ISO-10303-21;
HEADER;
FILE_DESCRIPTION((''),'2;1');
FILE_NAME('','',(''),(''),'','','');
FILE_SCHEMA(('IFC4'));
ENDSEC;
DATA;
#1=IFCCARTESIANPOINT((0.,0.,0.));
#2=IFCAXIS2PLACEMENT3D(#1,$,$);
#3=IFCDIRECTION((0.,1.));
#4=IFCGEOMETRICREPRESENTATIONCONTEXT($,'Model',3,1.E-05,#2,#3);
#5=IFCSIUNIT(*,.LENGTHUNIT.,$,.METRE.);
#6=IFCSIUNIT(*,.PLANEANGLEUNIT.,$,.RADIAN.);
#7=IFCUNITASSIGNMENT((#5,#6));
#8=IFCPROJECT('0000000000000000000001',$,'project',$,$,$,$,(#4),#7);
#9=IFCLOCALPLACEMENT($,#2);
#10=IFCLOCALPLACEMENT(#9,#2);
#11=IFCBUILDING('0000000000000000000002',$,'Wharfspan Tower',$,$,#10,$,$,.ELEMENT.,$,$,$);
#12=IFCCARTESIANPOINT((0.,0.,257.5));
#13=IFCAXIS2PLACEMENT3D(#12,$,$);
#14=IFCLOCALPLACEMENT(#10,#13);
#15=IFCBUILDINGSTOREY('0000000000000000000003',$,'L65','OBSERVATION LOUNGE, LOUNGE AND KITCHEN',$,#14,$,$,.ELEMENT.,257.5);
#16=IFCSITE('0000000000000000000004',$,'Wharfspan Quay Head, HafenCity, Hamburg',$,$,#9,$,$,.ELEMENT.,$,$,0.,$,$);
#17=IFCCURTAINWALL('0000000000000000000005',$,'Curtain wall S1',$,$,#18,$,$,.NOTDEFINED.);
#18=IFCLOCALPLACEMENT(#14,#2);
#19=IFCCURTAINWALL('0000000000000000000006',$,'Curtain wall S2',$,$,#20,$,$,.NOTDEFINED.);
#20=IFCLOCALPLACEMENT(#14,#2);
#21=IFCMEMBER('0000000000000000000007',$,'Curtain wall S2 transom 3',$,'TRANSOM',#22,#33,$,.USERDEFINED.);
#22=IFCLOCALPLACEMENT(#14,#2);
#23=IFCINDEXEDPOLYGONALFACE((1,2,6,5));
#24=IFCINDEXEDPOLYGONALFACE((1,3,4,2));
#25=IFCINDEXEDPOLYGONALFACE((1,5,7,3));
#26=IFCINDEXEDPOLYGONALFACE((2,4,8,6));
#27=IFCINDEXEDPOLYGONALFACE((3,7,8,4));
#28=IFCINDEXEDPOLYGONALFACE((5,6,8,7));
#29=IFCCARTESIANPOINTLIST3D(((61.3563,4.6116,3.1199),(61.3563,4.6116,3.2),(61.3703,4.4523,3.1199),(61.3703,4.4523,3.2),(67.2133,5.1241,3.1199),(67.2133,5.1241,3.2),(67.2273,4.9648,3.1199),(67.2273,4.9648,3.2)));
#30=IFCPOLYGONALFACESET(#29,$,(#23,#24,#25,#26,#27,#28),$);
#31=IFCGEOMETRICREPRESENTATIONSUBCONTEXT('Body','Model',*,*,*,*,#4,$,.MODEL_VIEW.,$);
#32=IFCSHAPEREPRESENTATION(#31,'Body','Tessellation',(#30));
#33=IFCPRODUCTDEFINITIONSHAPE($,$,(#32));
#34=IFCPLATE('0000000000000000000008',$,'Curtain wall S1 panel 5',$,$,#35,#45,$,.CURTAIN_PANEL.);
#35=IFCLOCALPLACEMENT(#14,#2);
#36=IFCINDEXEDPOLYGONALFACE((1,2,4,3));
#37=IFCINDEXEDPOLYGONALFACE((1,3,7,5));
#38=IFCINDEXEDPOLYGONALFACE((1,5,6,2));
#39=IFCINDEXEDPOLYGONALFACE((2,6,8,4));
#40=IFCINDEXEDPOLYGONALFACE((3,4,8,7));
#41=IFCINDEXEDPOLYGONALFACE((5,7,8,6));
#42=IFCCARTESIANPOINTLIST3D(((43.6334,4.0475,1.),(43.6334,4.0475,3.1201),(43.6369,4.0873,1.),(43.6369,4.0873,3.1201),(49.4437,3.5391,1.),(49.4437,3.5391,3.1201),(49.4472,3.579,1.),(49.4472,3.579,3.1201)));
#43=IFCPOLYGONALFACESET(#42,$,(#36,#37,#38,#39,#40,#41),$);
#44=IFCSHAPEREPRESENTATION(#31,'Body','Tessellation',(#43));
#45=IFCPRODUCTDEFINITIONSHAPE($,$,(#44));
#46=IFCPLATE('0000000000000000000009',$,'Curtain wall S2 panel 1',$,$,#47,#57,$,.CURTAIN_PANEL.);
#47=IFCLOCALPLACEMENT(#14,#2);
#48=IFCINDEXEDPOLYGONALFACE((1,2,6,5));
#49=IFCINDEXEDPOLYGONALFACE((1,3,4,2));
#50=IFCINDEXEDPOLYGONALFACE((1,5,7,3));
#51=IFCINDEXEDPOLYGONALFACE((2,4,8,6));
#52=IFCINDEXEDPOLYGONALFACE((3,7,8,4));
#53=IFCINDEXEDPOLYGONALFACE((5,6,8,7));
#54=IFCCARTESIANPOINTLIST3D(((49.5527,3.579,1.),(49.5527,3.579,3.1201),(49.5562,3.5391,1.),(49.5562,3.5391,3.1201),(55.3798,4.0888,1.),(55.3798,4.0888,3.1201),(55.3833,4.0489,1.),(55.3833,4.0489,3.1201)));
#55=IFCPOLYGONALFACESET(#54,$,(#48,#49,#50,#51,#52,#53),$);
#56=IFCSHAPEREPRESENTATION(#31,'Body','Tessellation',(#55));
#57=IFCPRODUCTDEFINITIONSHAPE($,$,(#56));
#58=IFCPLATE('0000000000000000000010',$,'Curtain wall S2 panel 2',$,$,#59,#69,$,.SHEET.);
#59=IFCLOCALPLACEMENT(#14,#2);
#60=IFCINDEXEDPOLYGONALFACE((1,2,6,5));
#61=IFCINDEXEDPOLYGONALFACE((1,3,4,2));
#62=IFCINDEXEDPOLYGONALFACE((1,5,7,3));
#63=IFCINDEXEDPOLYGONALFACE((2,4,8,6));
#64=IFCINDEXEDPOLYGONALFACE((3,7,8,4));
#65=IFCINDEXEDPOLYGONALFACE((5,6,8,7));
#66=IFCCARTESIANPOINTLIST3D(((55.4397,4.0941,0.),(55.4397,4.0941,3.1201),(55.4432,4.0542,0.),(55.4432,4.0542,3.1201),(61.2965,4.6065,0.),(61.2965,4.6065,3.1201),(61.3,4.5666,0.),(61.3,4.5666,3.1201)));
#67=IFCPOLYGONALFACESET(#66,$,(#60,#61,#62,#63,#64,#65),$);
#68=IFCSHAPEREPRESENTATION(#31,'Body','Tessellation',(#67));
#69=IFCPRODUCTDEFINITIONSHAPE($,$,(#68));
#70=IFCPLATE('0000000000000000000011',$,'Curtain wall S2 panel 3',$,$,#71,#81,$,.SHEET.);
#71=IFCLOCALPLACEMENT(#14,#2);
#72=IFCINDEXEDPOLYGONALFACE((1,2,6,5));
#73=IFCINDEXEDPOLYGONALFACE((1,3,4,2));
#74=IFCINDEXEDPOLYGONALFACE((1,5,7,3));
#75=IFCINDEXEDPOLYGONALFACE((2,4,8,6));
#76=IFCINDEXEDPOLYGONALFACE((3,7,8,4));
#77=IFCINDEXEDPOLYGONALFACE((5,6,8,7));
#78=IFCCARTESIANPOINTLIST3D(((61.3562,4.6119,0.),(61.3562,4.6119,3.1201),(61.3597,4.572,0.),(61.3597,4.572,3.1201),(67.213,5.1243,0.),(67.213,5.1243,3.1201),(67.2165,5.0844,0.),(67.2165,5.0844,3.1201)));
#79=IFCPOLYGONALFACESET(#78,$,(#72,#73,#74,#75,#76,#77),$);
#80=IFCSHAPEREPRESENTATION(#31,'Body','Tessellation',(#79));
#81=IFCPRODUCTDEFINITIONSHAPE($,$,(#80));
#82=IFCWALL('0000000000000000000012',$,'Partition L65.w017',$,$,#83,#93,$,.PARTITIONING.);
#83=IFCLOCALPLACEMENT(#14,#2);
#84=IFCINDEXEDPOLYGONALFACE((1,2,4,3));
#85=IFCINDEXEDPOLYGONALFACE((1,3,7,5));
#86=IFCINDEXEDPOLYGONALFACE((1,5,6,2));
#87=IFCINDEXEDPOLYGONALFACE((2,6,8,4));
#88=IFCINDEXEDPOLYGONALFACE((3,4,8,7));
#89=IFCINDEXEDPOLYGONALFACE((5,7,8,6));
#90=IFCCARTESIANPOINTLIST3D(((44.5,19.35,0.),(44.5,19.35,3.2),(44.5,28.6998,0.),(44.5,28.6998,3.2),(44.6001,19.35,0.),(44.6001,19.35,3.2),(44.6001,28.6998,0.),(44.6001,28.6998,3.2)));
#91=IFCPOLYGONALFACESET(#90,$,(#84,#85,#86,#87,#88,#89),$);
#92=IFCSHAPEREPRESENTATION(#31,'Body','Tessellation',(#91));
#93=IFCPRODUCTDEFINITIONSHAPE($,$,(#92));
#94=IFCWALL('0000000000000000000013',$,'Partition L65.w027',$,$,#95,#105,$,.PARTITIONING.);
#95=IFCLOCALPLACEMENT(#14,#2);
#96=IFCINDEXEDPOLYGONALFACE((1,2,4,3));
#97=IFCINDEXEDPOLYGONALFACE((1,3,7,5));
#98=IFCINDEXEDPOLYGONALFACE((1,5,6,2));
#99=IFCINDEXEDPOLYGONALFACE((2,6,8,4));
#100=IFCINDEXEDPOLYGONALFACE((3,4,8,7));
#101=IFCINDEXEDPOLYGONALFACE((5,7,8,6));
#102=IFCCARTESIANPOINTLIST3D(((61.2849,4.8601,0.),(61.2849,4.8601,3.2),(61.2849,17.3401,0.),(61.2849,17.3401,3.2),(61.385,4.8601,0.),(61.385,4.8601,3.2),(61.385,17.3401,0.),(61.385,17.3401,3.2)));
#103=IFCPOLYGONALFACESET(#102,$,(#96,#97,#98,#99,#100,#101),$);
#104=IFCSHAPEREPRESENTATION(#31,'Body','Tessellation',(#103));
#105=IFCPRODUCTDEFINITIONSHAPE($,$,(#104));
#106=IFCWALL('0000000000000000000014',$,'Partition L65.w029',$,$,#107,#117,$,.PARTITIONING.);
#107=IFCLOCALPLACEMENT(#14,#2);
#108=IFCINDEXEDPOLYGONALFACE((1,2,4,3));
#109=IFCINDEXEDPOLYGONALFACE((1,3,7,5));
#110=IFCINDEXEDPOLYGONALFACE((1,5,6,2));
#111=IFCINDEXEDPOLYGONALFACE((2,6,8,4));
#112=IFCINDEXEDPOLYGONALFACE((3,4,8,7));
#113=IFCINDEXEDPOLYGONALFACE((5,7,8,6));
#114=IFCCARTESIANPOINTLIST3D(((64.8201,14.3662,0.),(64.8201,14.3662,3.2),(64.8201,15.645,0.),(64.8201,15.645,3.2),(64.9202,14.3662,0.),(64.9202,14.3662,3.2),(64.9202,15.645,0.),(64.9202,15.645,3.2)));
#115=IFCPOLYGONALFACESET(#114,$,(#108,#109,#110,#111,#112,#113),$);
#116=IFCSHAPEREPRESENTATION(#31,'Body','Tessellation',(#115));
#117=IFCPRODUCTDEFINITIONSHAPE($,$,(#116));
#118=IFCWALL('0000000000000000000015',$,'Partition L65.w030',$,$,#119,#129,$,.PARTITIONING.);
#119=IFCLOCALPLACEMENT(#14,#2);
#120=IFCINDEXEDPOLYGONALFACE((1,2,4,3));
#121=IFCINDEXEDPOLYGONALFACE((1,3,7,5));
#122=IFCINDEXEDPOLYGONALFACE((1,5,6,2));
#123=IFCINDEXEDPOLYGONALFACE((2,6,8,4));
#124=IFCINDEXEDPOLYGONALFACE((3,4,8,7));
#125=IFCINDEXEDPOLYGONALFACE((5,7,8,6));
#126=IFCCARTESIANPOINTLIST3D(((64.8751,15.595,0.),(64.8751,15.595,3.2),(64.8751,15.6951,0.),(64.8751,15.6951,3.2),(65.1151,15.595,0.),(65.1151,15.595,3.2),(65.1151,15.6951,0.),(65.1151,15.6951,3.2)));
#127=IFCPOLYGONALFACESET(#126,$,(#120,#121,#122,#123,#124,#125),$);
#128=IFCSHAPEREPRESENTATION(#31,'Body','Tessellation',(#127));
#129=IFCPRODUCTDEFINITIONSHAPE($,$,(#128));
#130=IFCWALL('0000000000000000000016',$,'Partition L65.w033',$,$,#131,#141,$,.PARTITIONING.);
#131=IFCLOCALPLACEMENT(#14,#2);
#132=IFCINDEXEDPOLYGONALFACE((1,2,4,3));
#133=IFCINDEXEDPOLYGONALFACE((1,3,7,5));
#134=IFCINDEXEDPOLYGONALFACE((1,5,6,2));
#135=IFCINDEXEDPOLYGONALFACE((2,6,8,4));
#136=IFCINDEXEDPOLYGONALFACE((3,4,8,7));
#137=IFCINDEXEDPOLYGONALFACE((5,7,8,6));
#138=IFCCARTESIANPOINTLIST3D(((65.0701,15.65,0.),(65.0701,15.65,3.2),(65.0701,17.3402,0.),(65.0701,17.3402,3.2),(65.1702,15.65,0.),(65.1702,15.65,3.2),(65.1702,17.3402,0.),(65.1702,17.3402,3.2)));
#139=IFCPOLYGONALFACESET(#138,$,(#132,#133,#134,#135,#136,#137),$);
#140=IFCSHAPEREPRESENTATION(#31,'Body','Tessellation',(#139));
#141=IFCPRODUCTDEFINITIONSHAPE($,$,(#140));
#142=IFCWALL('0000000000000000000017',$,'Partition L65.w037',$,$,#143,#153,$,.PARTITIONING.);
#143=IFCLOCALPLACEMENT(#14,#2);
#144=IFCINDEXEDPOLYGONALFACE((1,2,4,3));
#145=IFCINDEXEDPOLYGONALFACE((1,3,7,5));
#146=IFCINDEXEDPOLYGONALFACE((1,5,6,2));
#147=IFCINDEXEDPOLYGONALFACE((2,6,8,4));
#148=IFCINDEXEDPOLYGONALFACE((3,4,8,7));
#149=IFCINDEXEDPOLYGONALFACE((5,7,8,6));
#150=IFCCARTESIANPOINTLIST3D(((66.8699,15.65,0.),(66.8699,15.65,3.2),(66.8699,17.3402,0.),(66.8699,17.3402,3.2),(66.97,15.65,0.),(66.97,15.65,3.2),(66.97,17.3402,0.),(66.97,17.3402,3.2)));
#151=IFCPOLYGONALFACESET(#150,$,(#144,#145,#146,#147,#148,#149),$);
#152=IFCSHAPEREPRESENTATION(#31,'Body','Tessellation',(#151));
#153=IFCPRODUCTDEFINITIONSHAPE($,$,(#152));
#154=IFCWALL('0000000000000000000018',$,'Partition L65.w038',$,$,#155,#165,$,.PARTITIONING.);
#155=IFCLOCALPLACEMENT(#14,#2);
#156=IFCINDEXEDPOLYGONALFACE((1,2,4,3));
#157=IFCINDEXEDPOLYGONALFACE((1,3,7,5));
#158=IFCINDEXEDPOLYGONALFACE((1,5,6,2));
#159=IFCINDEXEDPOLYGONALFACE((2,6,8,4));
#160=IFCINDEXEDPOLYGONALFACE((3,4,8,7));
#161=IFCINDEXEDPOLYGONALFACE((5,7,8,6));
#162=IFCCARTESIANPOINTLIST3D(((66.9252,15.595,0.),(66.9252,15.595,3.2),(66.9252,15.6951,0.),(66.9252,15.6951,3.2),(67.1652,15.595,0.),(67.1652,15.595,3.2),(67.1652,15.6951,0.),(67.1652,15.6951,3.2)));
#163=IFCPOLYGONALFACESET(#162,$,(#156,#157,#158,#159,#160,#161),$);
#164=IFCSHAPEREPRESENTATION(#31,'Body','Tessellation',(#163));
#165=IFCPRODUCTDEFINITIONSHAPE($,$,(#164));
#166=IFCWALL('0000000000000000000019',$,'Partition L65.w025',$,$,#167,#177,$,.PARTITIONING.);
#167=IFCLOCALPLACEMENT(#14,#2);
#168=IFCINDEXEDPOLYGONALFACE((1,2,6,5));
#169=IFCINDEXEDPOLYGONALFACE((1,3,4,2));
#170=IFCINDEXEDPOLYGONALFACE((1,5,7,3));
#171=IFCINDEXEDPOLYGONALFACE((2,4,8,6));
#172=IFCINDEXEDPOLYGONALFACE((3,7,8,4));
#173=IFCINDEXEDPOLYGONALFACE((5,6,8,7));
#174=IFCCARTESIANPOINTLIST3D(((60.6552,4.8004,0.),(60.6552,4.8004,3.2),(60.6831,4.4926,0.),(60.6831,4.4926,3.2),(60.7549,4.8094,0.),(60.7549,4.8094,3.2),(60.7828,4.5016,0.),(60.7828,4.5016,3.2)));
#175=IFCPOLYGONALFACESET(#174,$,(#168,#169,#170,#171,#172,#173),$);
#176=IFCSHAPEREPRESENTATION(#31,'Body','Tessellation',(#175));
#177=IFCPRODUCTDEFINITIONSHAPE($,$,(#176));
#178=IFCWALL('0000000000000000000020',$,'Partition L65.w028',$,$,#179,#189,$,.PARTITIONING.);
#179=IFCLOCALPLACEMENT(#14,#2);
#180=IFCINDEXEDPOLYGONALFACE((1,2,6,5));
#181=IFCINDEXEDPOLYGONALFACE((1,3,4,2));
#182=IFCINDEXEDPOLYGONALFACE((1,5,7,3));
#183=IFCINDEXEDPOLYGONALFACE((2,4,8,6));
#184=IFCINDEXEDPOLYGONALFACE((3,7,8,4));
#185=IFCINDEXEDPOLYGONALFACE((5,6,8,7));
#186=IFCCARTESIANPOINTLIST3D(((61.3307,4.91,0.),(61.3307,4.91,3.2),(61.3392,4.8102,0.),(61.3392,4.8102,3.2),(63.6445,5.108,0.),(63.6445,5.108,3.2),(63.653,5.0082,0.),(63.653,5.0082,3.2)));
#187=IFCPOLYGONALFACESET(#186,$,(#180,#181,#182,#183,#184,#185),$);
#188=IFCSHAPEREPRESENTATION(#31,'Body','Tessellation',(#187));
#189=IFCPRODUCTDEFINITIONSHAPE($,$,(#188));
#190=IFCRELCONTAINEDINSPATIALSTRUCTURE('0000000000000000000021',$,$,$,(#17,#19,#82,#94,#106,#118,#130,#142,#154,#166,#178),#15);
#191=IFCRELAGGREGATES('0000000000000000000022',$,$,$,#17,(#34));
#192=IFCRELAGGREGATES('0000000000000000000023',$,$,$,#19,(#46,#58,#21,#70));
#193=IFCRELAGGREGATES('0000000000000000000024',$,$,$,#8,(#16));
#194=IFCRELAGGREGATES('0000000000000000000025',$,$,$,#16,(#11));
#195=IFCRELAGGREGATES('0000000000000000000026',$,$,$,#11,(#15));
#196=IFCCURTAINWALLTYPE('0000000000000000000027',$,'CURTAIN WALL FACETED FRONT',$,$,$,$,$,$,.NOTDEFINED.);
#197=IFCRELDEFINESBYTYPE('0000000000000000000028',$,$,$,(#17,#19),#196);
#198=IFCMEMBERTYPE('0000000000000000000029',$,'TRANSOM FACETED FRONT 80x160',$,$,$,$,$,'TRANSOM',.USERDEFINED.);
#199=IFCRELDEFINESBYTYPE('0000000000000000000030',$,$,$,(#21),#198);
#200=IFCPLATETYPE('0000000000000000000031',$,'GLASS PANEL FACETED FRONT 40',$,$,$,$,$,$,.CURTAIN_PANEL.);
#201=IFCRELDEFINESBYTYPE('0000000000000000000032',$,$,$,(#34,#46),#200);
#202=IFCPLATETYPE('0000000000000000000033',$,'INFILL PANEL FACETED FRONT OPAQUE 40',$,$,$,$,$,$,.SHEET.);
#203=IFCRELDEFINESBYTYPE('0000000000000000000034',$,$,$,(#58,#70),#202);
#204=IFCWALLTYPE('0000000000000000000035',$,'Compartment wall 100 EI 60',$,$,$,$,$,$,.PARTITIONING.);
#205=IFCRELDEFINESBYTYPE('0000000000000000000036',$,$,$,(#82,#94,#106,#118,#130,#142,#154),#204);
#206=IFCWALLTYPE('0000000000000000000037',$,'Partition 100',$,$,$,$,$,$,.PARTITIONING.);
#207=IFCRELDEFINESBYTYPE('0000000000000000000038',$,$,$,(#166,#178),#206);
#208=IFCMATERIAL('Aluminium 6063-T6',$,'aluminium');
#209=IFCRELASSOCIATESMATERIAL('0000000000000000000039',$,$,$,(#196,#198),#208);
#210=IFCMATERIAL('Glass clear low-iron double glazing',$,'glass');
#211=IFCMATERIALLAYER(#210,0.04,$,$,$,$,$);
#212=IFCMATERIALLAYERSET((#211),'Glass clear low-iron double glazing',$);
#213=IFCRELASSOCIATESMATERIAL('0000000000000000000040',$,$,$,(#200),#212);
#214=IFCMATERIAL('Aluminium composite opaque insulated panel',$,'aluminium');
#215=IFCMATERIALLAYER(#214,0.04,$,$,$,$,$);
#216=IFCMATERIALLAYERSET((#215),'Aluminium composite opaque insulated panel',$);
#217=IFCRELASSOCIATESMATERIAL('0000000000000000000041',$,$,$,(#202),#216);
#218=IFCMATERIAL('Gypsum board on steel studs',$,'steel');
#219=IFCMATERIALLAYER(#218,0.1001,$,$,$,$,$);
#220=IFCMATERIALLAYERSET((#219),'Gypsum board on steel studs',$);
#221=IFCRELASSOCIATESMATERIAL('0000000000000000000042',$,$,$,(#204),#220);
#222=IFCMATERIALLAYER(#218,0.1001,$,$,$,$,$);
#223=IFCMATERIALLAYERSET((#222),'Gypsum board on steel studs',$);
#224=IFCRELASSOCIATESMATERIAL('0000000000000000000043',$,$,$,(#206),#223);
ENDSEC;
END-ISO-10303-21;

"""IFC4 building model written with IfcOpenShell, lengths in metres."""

from ifc_helpers import new_model, si_unit, direction, frame, frame_2d, origin, origin_2d, place, context, subcontext, project, spatial, rectangle, extrude, material, layer, layer_set, material_profile, profile_set, type_object, element, aggregate, save


model = new_model("IFC4")

# Units and contexts
model_context = context("Model", 3, precision=1e-05, world=origin(), true_north=direction((0.0, 1.0)))
body_context = subcontext(model_context, "Body", "Model", "MODEL_VIEW")
ifc_project = project(units=[si_unit("LENGTHUNIT", "METRE"), si_unit("PLANEANGLEUNIT", "RADIAN")], contexts=[model_context])

# Site, building, storey
site_placement = place(None, origin())
site = spatial("IfcSite", under=ifc_project, at=site_placement, Name="Wharfspan Quay Head, HafenCity, Hamburg", CompositionType="ELEMENT", RefElevation=0.0)
building_placement = place(site_placement, origin())
building = spatial("IfcBuilding", under=site, at=building_placement, Name="Wharfspan Tower", CompositionType="ELEMENT")
storey_placement = place(building_placement, frame((0.0, 0.0, 257.5)))
storey = spatial("IfcBuildingStorey", under=building, at=storey_placement, Name="L65", Description="OBSERVATION LOUNGE, LOUNGE AND KITCHEN", CompositionType="ELEMENT", Elevation=257.5)

# Curtain wall
ifc_material_1 = material(Name="Aluminium 6063-T6", Category="aluminium")
curtain_wall_type = type_object("IfcCurtainWallType", Name="CURTAIN WALL FACETED FRONT", PredefinedType="NOTDEFINED", material=ifc_material_1)
curtain_wall_1_placement = place(storey_placement, origin())
curtain_wall_1 = element("IfcCurtainWall", 1, at=curtain_wall_1_placement, inside=storey, type_object=curtain_wall_type, Name="Curtain wall S1", PredefinedType="NOTDEFINED")

# Curtain wall
curtain_wall_2_placement = place(storey_placement, origin())
curtain_wall_2 = element("IfcCurtainWall", 2, at=curtain_wall_2_placement, inside=storey, type_object=curtain_wall_type, Name="Curtain wall S2", PredefinedType="NOTDEFINED")

# Member
ifc_material_profile_1 = material_profile(ifc_material_1, rectangle(XDim=0.1599, YDim=0.0801, at=origin_2d()))
ifc_profile_set_1 = profile_set([ifc_material_profile_1], Name="Aluminium 6063-T6")
member_type_1 = type_object("IfcMemberType", Name="TRANSOM FACETED FRONT 80x160", ElementType="TRANSOM", PredefinedType="USERDEFINED", material=ifc_profile_set_1)
member_1_placement = place(storey_placement, frame((61.3633, 4.532, 3.1599), z_axis=(0.996194, 0.087162, 0.0), x_axis=(-0.087162, 0.996194, 0.0)))
member_1 = element("IfcMember", 3, at=member_1_placement, type_object=member_type_1, Name="Curtain wall S2 transom 3", ObjectType="TRANSOM", PredefinedType="USERDEFINED", context=body_context, shape_type="SweptSolid", body=[
    extrude(rectangle(XDim=0.1599, YDim=0.0801, at=origin_2d()), origin(), (0.0, 0.0, 1.0), 5.8794),
])

# Plates
ifc_material_2 = material(Name="Glass clear low-iron double glazing", Category="glass")
ifc_layer_1 = layer(ifc_material_2, 0.04)
ifc_layer_set_1 = layer_set([ifc_layer_1], Name="Glass clear low-iron double glazing")
plate_type_1 = type_object("IfcPlateType", Name="GLASS PANEL FACETED FRONT 40", PredefinedType="CURTAIN_PANEL", material=ifc_layer_set_1)
plate_1_placement = place(storey_placement, frame((46.5403, 3.8132, 1.0), z_axis=(0.0, 0.0, 1.0), x_axis=(0.996197, -0.087156, 0.0)))
plate_1 = element("IfcPlate", 4, at=plate_1_placement, type_object=plate_type_1, Name="Curtain wall S1 panel 5", PredefinedType="CURTAIN_PANEL", context=body_context, shape_type="SweptSolid", body=[
    extrude(rectangle(XDim=5.8325, YDim=0.04, at=origin_2d()), origin(), (0.0, 0.0, 1.0), 2.1201),
])
aggregate(curtain_wall_1, [plate_1])
plate_2_placement = place(storey_placement, frame((52.468, 3.814, 1.0), z_axis=(0.0, 0.0, 1.0), x_axis=(0.996197, 0.087156, 0.0)))
plate_2 = element("IfcPlate", 5, at=plate_2_placement, type_object=plate_type_1, Name="Curtain wall S2 panel 1", PredefinedType="CURTAIN_PANEL", context=body_context, shape_type="SweptSolid", body=[
    extrude(rectangle(XDim=5.8494, YDim=0.04, at=origin_2d()), origin(), (0.0, 0.0, 1.0), 2.1201),
])
ifc_material_3 = material(Name="Aluminium composite opaque insulated panel", Category="aluminium")
ifc_layer_2 = layer(ifc_material_3, 0.04)
ifc_layer_set_2 = layer_set([ifc_layer_2], Name="Aluminium composite opaque insulated panel")
plate_type_2 = type_object("IfcPlateType", Name="INFILL PANEL FACETED FRONT OPAQUE 40", PredefinedType="SHEET", material=ifc_layer_set_2)
plate_3_placement = place(storey_placement, frame((58.3699, 4.3303, 0.0), z_axis=(0.0, 0.0, 1.0), x_axis=(0.996197, 0.087156, 0.0)))
plate_3 = element("IfcPlate", 6, at=plate_3_placement, type_object=plate_type_2, Name="Curtain wall S2 panel 2", PredefinedType="SHEET", context=body_context, shape_type="SweptSolid", body=[
    extrude(rectangle(XDim=5.8792, YDim=0.04, at=origin_2d()), origin(), (0.0, 0.0, 1.0), 3.1201),
])
plate_4_placement = place(storey_placement, frame((64.2864, 4.8481, 0.0), z_axis=(0.0, 0.0, 1.0), x_axis=(0.996197, 0.087156, 0.0)))
plate_4 = element("IfcPlate", 7, at=plate_4_placement, type_object=plate_type_2, Name="Curtain wall S2 panel 3", PredefinedType="SHEET", context=body_context, shape_type="SweptSolid", body=[
    extrude(rectangle(XDim=5.8792, YDim=0.04, at=origin_2d()), origin(), (0.0, 0.0, 1.0), 3.1201),
])
aggregate(curtain_wall_2, [plate_2, plate_3, member_1, plate_4])

# Walls
ifc_material_4 = material(Name="Gypsum board on steel studs", Category="steel")
ifc_layer_3 = layer(ifc_material_4, 0.1001)
ifc_layer_set_3 = layer_set([ifc_layer_3], Name="Gypsum board on steel studs")
wall_type_1 = type_object("IfcWallType", Name="Compartment wall 100 EI 60", PredefinedType="PARTITIONING", material=ifc_layer_set_3)
wall_1_placement = place(storey_placement, frame((44.55, 19.3501, 0.0), z_axis=(0.0, 0.0, 1.0), x_axis=(0.0, 1.0, 0.0)))
element("IfcWall", 8, at=wall_1_placement, inside=storey, type_object=wall_type_1, Name="Partition L65.w017", PredefinedType="PARTITIONING", context=body_context, shape_type="SweptSolid", body=[
    extrude(rectangle(XDim=9.3499, YDim=0.1001, at=frame_2d((4.6748, 0.0))), origin(), (0.0, 0.0, 1.0), 3.2),
])
wall_2_placement = place(storey_placement, frame((61.335, 4.8601, 0.0), z_axis=(0.0, 0.0, 1.0), x_axis=(0.0, 1.0, 0.0)))
element("IfcWall", 9, at=wall_2_placement, inside=storey, type_object=wall_type_1, Name="Partition L65.w027", PredefinedType="PARTITIONING", context=body_context, shape_type="SweptSolid", body=[
    extrude(rectangle(XDim=12.48, YDim=0.1001, at=frame_2d((6.24, 0.0))), origin(), (0.0, 0.0, 1.0), 3.2),
])
wall_3_placement = place(storey_placement, frame((64.8701, 14.3662, 0.0), z_axis=(0.0, 0.0, 1.0), x_axis=(0.0, 1.0, 0.0)))
element("IfcWall", 10, at=wall_3_placement, inside=storey, type_object=wall_type_1, Name="Partition L65.w029", PredefinedType="PARTITIONING", context=body_context, shape_type="SweptSolid", body=[
    extrude(rectangle(XDim=1.2788, YDim=0.1001, at=frame_2d((0.6394, 0.0))), origin(), (0.0, 0.0, 1.0), 3.2),
])
wall_4_placement = place(storey_placement, frame((64.875, 15.645, 0.0), z_axis=(0.0, 0.0, 1.0), x_axis=(1.0, 0.0, 0.0)))
element("IfcWall", 11, at=wall_4_placement, inside=storey, type_object=wall_type_1, Name="Partition L65.w030", PredefinedType="PARTITIONING", context=body_context, shape_type="SweptSolid", body=[
    extrude(rectangle(XDim=0.24, YDim=0.1001, at=frame_2d((0.1201, 0.0))), origin(), (0.0, 0.0, 1.0), 3.2),
])
for number, where, z_axis, x_axis, name in (
    (12, (65.1201, 15.6499, 0.0), (0.0, 0.0, 1.0), (0.0, 1.0, 0.0), "Partition L65.w033"),
    (13, (66.9199, 15.6499, 0.0), (0.0, 0.0, 1.0), (0.0, 1.0, 0.0), "Partition L65.w037"),
):
    element("IfcWall", number, at=place(storey_placement, frame(where, z_axis=z_axis, x_axis=x_axis)), inside=storey, type_object=wall_type_1, Name=name, PredefinedType="PARTITIONING", context=body_context, shape_type="SweptSolid", body=[
        extrude(rectangle(XDim=1.6902, YDim=0.1001, at=frame_2d((0.8452, 0.0))), origin(), (0.0, 0.0, 1.0), 3.2),
    ])
wall_5_placement = place(storey_placement, frame((66.925, 15.645, 0.0), z_axis=(0.0, 0.0, 1.0), x_axis=(1.0, 0.0, 0.0)))
element("IfcWall", 14, at=wall_5_placement, inside=storey, type_object=wall_type_1, Name="Partition L65.w038", PredefinedType="PARTITIONING", context=body_context, shape_type="SweptSolid", body=[
    extrude(rectangle(XDim=0.24, YDim=0.1001, at=frame_2d((0.1201, 0.0))), origin(), (0.0, 0.0, 1.0), 3.2),
])
ifc_layer_4 = layer(ifc_material_4, 0.1001)
ifc_layer_set_4 = layer_set([ifc_layer_4], Name="Gypsum board on steel studs")
wall_type_2 = type_object("IfcWallType", Name="Partition 100", PredefinedType="PARTITIONING", material=ifc_layer_set_4)
wall_6_placement = place(storey_placement, frame((60.7329, 4.4971, 0.0), z_axis=(0.0, 0.0, 1.0), x_axis=(-0.090037, 0.995936, 0.0)))
element("IfcWall", 15, at=wall_6_placement, inside=storey, type_object=wall_type_2, Name="Partition L65.w025", PredefinedType="PARTITIONING", context=body_context, shape_type="SweptSolid", body=[
    extrude(rectangle(XDim=0.3091, YDim=0.1001, at=frame_2d((0.1545, 0.0))), origin(), (0.0, 0.0, 1.0), 3.2),
])
wall_7_placement = place(storey_placement, frame((61.335, 4.8601, 0.0), z_axis=(0.0, 0.0, 1.0), x_axis=(0.996359, 0.085264, 0.0)))
element("IfcWall", 16, at=wall_7_placement, inside=storey, type_object=wall_type_2, Name="Partition L65.w028", PredefinedType="PARTITIONING", context=body_context, shape_type="SweptSolid", body=[
    extrude(rectangle(XDim=2.3223, YDim=0.1001, at=frame_2d((1.1611, 0.0))), origin(), (0.0, 0.0, 1.0), 3.2),
])

save(model, "model.ifc")
